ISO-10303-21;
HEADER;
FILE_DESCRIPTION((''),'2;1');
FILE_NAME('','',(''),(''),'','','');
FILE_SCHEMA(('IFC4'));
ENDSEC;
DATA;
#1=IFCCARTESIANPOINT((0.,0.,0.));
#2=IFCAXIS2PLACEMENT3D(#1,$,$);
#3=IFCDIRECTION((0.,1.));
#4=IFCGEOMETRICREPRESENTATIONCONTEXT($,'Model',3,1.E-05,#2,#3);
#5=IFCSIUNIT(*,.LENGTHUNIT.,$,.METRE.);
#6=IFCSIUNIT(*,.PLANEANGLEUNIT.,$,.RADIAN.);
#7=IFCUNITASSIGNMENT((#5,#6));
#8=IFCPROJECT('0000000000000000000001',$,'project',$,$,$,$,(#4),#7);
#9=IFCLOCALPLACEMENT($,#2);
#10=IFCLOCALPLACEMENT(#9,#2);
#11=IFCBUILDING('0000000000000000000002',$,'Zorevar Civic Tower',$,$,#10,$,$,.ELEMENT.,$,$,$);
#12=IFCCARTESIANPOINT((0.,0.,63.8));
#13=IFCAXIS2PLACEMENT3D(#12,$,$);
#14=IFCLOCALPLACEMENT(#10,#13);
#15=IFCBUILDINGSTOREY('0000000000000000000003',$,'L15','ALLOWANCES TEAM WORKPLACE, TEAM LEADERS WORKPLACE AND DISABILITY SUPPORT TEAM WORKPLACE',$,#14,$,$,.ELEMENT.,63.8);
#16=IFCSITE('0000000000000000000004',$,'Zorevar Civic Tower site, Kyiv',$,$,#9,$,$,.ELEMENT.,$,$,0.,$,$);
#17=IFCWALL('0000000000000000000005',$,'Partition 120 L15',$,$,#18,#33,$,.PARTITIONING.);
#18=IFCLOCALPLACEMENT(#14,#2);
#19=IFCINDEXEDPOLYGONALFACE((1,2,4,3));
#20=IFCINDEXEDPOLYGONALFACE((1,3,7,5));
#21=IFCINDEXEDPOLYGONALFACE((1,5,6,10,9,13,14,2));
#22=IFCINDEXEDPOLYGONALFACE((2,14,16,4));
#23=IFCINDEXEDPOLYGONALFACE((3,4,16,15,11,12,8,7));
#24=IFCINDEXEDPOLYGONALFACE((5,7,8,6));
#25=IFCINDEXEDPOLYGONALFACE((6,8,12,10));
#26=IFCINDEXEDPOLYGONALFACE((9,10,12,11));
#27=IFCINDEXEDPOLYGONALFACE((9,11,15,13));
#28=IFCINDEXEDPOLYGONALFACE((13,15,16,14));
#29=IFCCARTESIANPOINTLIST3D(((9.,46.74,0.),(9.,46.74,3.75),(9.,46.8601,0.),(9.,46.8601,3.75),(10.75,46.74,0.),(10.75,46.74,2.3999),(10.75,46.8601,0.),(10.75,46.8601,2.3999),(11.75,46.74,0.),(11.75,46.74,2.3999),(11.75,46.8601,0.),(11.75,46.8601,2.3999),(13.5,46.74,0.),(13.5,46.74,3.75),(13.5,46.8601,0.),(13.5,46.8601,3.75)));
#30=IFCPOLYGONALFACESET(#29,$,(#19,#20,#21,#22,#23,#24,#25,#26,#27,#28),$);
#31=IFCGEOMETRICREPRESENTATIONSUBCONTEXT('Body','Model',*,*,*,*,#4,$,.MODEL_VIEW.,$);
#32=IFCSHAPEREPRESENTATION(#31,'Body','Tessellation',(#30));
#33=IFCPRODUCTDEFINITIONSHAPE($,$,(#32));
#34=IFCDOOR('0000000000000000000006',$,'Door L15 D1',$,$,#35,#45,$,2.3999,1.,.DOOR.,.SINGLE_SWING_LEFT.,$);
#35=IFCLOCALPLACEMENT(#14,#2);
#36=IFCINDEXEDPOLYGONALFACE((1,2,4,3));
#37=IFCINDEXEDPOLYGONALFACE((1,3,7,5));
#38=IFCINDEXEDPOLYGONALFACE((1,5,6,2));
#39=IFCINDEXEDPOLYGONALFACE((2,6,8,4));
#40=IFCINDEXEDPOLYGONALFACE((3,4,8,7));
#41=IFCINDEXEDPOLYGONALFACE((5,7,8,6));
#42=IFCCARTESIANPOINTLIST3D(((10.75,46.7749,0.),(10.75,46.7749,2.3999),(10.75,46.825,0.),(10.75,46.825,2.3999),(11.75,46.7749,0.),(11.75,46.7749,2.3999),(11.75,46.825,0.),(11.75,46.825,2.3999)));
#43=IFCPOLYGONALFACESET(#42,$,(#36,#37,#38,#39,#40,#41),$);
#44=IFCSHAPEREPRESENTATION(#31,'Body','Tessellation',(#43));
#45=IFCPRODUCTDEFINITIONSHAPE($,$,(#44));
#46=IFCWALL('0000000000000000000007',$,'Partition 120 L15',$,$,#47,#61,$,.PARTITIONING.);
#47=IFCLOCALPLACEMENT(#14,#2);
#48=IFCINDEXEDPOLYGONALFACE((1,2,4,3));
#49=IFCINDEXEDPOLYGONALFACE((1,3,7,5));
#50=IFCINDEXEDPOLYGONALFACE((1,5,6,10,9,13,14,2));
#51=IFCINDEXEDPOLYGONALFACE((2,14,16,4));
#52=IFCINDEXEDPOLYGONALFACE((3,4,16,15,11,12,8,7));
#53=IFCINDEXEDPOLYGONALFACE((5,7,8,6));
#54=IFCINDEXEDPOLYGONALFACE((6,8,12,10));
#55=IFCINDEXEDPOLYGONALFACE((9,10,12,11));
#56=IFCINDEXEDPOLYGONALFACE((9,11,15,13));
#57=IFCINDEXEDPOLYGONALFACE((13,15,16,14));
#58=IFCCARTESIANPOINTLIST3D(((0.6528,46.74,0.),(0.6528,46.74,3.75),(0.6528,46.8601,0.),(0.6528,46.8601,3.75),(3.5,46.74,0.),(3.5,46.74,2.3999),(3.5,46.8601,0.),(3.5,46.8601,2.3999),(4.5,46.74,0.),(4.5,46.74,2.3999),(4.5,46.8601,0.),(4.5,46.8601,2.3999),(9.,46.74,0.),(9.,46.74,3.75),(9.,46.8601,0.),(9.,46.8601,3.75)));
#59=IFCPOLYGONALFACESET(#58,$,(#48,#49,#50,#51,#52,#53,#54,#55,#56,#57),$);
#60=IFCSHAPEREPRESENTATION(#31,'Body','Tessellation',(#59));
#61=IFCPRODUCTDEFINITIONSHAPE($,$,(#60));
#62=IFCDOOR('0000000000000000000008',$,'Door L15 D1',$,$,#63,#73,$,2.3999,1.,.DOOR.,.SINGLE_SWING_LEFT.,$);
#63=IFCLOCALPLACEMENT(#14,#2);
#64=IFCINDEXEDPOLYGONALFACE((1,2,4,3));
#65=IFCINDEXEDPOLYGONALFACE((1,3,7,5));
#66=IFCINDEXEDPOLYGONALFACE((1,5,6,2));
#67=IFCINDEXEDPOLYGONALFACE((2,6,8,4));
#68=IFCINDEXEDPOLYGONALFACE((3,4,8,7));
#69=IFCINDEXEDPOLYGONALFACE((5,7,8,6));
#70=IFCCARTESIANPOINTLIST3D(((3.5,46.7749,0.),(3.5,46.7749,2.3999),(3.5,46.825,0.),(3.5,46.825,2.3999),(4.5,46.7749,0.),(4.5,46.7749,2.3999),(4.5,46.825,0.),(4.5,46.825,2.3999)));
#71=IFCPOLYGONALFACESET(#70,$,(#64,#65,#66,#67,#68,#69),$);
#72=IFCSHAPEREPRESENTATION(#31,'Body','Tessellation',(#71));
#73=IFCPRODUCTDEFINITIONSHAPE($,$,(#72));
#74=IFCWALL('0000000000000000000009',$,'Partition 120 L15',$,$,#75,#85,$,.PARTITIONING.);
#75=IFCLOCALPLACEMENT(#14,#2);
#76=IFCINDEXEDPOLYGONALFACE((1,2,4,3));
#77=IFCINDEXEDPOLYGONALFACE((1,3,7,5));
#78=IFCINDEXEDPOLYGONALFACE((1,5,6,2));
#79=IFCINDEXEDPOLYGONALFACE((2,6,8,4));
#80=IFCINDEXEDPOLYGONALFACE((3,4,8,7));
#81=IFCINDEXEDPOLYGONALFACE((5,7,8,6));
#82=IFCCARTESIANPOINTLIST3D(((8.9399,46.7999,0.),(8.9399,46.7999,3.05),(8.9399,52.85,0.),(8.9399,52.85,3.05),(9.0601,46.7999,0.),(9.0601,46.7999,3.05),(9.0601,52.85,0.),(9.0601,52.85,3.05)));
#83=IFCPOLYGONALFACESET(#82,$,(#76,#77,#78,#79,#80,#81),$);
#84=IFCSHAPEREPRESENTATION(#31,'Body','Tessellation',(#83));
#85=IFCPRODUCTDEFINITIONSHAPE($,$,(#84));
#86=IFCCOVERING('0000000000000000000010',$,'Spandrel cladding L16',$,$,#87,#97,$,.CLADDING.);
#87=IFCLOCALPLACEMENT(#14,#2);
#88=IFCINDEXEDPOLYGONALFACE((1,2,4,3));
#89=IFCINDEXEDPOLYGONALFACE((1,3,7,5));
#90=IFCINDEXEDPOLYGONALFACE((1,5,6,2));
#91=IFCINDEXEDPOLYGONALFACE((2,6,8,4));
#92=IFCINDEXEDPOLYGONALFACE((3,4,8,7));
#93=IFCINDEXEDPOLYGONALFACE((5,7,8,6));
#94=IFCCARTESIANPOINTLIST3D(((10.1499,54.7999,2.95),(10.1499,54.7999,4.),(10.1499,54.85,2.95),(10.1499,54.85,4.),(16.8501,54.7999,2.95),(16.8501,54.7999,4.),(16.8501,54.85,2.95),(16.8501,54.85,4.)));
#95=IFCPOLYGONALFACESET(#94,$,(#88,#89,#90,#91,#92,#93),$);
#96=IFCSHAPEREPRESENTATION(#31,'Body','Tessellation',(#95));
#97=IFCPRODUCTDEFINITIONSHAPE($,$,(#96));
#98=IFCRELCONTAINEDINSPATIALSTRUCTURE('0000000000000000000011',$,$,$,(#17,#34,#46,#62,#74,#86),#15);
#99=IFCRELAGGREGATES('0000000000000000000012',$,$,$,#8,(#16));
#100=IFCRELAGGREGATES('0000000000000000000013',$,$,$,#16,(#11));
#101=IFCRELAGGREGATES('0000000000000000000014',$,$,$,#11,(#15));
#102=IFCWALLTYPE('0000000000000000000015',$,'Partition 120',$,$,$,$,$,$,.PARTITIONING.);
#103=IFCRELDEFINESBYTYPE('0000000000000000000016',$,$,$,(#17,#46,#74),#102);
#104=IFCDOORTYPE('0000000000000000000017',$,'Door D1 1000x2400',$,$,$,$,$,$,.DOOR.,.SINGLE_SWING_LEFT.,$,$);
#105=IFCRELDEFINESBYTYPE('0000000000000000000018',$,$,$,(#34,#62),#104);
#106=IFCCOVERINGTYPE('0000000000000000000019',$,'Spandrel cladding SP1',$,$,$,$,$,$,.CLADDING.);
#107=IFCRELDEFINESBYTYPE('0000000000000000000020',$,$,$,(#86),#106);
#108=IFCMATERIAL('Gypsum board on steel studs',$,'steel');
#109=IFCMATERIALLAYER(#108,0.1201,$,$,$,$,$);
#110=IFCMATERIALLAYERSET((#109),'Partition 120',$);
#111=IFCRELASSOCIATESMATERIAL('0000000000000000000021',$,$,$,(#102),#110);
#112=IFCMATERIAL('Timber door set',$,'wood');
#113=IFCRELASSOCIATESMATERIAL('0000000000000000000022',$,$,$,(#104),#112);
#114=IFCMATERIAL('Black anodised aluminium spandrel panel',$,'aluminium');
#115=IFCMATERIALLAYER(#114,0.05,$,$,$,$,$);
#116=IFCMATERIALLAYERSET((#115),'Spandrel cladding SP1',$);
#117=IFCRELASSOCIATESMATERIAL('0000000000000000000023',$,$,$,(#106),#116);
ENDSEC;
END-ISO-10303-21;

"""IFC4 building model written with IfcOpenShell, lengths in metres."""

from ifc_helpers import new_model, si_unit, direction, frame, frame_2d, origin, place, context, subcontext, project, spatial, rectangle, extrude, material, layer, layer_set, type_object, element, fill, save


model = new_model("IFC4")

# Units and contexts
model_context = context("Model", 3, precision=1e-05, world=origin(), true_north=direction((0.0, 1.0)))
body_context = subcontext(model_context, "Body", "Model", "MODEL_VIEW")
ifc_project = project(units=[si_unit("LENGTHUNIT", "METRE"), si_unit("PLANEANGLEUNIT", "RADIAN")], contexts=[model_context])

# Site, building, storey
site_placement = place(None, origin())
site = spatial("IfcSite", under=ifc_project, at=site_placement, Name="Zorevar Civic Tower site, Kyiv", CompositionType="ELEMENT", RefElevation=0.0)
building_placement = place(site_placement, origin())
building = spatial("IfcBuilding", under=site, at=building_placement, Name="Zorevar Civic Tower", CompositionType="ELEMENT")
storey_placement = place(building_placement, frame((0.0, 0.0, 63.8)))
storey = spatial("IfcBuildingStorey", under=building, at=storey_placement, Name="L15", Description="ALLOWANCES TEAM WORKPLACE, TEAM LEADERS WORKPLACE AND DISABILITY SUPPORT TEAM WORKPLACE", CompositionType="ELEMENT", Elevation=63.8)

# Walls, openings, doors
ifc_material_1 = material(Name="Gypsum board on steel studs", Category="steel")
ifc_layer_1 = layer(ifc_material_1, 0.1201)
ifc_layer_set_1 = layer_set([ifc_layer_1], Name="Partition 120")
wall_type = type_object("IfcWallType", Name="Partition 120", PredefinedType="PARTITIONING", material=ifc_layer_set_1)
wall_1_placement = place(storey_placement, frame((9.0, 46.8, 0.0), z_axis=(0.0, 0.0, 1.0), x_axis=(1.0, 0.0, 0.0)))
wall_1 = element("IfcWall", 1, at=wall_1_placement, inside=storey, type_object=wall_type, Name="Partition 120 L15", PredefinedType="PARTITIONING", context=body_context, shape_type="SweptSolid", body=[
    extrude(rectangle(XDim=4.5, YDim=0.1201, at=frame_2d((2.25, 0.0))), origin(), (0.0, 0.0, 1.0), 3.75),
])
opening_1_placement = place(wall_1_placement, frame((1.75, 0.0, 0.0)))
opening_1 = element("IfcOpeningElement", 2, at=opening_1_placement, cuts=wall_1, PredefinedType="OPENING", context=body_context, shape_type="SweptSolid", body=[
    extrude(rectangle(XDim=1.0, YDim=2.3999, at=frame_2d((0.5, 1.2))), frame((0.0, 0.0701, 0.0), z_axis=(0.0, -1.0, 0.0), x_axis=(1.0, 0.0, 0.0)), (0.0, 0.0, 1.0), 0.1401),
])
ifc_material_2 = material(Name="Timber door set", Category="wood")
door_type = type_object("IfcDoorType", Name="Door D1 1000x2400", OperationType="SINGLE_SWING_LEFT", PredefinedType="DOOR", material=ifc_material_2)
door_1_placement = place(opening_1_placement, origin())
door_1 = element("IfcDoor", 3, at=door_1_placement, inside=storey, type_object=door_type, Name="Door L15 D1", OperationType="SINGLE_SWING_LEFT", OverallHeight=2.3999, OverallWidth=1.0, PredefinedType="DOOR", context=body_context, shape_type="SweptSolid", body=[
    extrude(rectangle(XDim=1.0, YDim=2.3999, at=frame_2d((0.5, 1.2))), frame((0.0, 0.0249, 0.0), z_axis=(0.0, -1.0, 0.0), x_axis=(1.0, 0.0, 0.0)), (0.0, 0.0, 1.0), 0.05),
])
fill(opening_1, door_1)
wall_2_placement = place(storey_placement, frame((0.6528, 46.8, 0.0), z_axis=(0.0, 0.0, 1.0), x_axis=(1.0, 0.0, 0.0)))
wall_2 = element("IfcWall", 4, at=wall_2_placement, inside=storey, type_object=wall_type, Name="Partition 120 L15", PredefinedType="PARTITIONING", context=body_context, shape_type="SweptSolid", body=[
    extrude(rectangle(XDim=8.3472, YDim=0.1201, at=frame_2d((4.1736, 0.0))), origin(), (0.0, 0.0, 1.0), 3.75),
])
opening_2_placement = place(wall_2_placement, frame((2.8472, 0.0, 0.0)))
opening_2 = element("IfcOpeningElement", 5, at=opening_2_placement, cuts=wall_2, PredefinedType="OPENING", context=body_context, shape_type="SweptSolid", body=[
    extrude(rectangle(XDim=1.0, YDim=2.3999, at=frame_2d((0.5, 1.2))), frame((0.0, 0.0701, 0.0), z_axis=(0.0, -1.0, 0.0), x_axis=(1.0, 0.0, 0.0)), (0.0, 0.0, 1.0), 0.1401),
])
door_2_placement = place(opening_2_placement, origin())
door_2 = element("IfcDoor", 6, at=door_2_placement, inside=storey, type_object=door_type, Name="Door L15 D1", OperationType="SINGLE_SWING_LEFT", OverallHeight=2.3999, OverallWidth=1.0, PredefinedType="DOOR", context=body_context, shape_type="SweptSolid", body=[
    extrude(rectangle(XDim=1.0, YDim=2.3999, at=frame_2d((0.5, 1.2))), frame((0.0, 0.0249, 0.0), z_axis=(0.0, -1.0, 0.0), x_axis=(1.0, 0.0, 0.0)), (0.0, 0.0, 1.0), 0.05),
])
fill(opening_2, door_2)

# Wall
wall_3_placement = place(storey_placement, frame((9.0, 46.8, 0.0), z_axis=(0.0, 0.0, 1.0), x_axis=(0.0, 1.0, 0.0)))
element("IfcWall", 7, at=wall_3_placement, inside=storey, type_object=wall_type, Name="Partition 120 L15", PredefinedType="PARTITIONING", context=body_context, shape_type="SweptSolid", body=[
    extrude(rectangle(XDim=6.05, YDim=0.1201, at=frame_2d((3.0249, 0.0))), origin(), (0.0, 0.0, 1.0), 3.05),
])

# Covering
ifc_material_3 = material(Name="Black anodised aluminium spandrel panel", Category="aluminium")
ifc_layer_2 = layer(ifc_material_3, 0.05)
ifc_layer_set_2 = layer_set([ifc_layer_2], Name="Spandrel cladding SP1")
covering_type = type_object("IfcCoveringType", Name="Spandrel cladding SP1", PredefinedType="CLADDING", material=ifc_layer_set_2)
covering_placement = place(storey_placement, frame((10.1499, 54.825, 2.95), z_axis=(0.0, 0.0, 1.0), x_axis=(1.0, 0.0, 0.0)))
element("IfcCovering", 8, at=covering_placement, inside=storey, type_object=covering_type, Name="Spandrel cladding L16", PredefinedType="CLADDING", context=body_context, shape_type="SweptSolid", body=[
    extrude(rectangle(XDim=6.7002, YDim=0.05, at=frame_2d((3.3501, 0.0))), origin(), (0.0, 0.0, 1.0), 1.05),
])

save(model, "model.ifc")
